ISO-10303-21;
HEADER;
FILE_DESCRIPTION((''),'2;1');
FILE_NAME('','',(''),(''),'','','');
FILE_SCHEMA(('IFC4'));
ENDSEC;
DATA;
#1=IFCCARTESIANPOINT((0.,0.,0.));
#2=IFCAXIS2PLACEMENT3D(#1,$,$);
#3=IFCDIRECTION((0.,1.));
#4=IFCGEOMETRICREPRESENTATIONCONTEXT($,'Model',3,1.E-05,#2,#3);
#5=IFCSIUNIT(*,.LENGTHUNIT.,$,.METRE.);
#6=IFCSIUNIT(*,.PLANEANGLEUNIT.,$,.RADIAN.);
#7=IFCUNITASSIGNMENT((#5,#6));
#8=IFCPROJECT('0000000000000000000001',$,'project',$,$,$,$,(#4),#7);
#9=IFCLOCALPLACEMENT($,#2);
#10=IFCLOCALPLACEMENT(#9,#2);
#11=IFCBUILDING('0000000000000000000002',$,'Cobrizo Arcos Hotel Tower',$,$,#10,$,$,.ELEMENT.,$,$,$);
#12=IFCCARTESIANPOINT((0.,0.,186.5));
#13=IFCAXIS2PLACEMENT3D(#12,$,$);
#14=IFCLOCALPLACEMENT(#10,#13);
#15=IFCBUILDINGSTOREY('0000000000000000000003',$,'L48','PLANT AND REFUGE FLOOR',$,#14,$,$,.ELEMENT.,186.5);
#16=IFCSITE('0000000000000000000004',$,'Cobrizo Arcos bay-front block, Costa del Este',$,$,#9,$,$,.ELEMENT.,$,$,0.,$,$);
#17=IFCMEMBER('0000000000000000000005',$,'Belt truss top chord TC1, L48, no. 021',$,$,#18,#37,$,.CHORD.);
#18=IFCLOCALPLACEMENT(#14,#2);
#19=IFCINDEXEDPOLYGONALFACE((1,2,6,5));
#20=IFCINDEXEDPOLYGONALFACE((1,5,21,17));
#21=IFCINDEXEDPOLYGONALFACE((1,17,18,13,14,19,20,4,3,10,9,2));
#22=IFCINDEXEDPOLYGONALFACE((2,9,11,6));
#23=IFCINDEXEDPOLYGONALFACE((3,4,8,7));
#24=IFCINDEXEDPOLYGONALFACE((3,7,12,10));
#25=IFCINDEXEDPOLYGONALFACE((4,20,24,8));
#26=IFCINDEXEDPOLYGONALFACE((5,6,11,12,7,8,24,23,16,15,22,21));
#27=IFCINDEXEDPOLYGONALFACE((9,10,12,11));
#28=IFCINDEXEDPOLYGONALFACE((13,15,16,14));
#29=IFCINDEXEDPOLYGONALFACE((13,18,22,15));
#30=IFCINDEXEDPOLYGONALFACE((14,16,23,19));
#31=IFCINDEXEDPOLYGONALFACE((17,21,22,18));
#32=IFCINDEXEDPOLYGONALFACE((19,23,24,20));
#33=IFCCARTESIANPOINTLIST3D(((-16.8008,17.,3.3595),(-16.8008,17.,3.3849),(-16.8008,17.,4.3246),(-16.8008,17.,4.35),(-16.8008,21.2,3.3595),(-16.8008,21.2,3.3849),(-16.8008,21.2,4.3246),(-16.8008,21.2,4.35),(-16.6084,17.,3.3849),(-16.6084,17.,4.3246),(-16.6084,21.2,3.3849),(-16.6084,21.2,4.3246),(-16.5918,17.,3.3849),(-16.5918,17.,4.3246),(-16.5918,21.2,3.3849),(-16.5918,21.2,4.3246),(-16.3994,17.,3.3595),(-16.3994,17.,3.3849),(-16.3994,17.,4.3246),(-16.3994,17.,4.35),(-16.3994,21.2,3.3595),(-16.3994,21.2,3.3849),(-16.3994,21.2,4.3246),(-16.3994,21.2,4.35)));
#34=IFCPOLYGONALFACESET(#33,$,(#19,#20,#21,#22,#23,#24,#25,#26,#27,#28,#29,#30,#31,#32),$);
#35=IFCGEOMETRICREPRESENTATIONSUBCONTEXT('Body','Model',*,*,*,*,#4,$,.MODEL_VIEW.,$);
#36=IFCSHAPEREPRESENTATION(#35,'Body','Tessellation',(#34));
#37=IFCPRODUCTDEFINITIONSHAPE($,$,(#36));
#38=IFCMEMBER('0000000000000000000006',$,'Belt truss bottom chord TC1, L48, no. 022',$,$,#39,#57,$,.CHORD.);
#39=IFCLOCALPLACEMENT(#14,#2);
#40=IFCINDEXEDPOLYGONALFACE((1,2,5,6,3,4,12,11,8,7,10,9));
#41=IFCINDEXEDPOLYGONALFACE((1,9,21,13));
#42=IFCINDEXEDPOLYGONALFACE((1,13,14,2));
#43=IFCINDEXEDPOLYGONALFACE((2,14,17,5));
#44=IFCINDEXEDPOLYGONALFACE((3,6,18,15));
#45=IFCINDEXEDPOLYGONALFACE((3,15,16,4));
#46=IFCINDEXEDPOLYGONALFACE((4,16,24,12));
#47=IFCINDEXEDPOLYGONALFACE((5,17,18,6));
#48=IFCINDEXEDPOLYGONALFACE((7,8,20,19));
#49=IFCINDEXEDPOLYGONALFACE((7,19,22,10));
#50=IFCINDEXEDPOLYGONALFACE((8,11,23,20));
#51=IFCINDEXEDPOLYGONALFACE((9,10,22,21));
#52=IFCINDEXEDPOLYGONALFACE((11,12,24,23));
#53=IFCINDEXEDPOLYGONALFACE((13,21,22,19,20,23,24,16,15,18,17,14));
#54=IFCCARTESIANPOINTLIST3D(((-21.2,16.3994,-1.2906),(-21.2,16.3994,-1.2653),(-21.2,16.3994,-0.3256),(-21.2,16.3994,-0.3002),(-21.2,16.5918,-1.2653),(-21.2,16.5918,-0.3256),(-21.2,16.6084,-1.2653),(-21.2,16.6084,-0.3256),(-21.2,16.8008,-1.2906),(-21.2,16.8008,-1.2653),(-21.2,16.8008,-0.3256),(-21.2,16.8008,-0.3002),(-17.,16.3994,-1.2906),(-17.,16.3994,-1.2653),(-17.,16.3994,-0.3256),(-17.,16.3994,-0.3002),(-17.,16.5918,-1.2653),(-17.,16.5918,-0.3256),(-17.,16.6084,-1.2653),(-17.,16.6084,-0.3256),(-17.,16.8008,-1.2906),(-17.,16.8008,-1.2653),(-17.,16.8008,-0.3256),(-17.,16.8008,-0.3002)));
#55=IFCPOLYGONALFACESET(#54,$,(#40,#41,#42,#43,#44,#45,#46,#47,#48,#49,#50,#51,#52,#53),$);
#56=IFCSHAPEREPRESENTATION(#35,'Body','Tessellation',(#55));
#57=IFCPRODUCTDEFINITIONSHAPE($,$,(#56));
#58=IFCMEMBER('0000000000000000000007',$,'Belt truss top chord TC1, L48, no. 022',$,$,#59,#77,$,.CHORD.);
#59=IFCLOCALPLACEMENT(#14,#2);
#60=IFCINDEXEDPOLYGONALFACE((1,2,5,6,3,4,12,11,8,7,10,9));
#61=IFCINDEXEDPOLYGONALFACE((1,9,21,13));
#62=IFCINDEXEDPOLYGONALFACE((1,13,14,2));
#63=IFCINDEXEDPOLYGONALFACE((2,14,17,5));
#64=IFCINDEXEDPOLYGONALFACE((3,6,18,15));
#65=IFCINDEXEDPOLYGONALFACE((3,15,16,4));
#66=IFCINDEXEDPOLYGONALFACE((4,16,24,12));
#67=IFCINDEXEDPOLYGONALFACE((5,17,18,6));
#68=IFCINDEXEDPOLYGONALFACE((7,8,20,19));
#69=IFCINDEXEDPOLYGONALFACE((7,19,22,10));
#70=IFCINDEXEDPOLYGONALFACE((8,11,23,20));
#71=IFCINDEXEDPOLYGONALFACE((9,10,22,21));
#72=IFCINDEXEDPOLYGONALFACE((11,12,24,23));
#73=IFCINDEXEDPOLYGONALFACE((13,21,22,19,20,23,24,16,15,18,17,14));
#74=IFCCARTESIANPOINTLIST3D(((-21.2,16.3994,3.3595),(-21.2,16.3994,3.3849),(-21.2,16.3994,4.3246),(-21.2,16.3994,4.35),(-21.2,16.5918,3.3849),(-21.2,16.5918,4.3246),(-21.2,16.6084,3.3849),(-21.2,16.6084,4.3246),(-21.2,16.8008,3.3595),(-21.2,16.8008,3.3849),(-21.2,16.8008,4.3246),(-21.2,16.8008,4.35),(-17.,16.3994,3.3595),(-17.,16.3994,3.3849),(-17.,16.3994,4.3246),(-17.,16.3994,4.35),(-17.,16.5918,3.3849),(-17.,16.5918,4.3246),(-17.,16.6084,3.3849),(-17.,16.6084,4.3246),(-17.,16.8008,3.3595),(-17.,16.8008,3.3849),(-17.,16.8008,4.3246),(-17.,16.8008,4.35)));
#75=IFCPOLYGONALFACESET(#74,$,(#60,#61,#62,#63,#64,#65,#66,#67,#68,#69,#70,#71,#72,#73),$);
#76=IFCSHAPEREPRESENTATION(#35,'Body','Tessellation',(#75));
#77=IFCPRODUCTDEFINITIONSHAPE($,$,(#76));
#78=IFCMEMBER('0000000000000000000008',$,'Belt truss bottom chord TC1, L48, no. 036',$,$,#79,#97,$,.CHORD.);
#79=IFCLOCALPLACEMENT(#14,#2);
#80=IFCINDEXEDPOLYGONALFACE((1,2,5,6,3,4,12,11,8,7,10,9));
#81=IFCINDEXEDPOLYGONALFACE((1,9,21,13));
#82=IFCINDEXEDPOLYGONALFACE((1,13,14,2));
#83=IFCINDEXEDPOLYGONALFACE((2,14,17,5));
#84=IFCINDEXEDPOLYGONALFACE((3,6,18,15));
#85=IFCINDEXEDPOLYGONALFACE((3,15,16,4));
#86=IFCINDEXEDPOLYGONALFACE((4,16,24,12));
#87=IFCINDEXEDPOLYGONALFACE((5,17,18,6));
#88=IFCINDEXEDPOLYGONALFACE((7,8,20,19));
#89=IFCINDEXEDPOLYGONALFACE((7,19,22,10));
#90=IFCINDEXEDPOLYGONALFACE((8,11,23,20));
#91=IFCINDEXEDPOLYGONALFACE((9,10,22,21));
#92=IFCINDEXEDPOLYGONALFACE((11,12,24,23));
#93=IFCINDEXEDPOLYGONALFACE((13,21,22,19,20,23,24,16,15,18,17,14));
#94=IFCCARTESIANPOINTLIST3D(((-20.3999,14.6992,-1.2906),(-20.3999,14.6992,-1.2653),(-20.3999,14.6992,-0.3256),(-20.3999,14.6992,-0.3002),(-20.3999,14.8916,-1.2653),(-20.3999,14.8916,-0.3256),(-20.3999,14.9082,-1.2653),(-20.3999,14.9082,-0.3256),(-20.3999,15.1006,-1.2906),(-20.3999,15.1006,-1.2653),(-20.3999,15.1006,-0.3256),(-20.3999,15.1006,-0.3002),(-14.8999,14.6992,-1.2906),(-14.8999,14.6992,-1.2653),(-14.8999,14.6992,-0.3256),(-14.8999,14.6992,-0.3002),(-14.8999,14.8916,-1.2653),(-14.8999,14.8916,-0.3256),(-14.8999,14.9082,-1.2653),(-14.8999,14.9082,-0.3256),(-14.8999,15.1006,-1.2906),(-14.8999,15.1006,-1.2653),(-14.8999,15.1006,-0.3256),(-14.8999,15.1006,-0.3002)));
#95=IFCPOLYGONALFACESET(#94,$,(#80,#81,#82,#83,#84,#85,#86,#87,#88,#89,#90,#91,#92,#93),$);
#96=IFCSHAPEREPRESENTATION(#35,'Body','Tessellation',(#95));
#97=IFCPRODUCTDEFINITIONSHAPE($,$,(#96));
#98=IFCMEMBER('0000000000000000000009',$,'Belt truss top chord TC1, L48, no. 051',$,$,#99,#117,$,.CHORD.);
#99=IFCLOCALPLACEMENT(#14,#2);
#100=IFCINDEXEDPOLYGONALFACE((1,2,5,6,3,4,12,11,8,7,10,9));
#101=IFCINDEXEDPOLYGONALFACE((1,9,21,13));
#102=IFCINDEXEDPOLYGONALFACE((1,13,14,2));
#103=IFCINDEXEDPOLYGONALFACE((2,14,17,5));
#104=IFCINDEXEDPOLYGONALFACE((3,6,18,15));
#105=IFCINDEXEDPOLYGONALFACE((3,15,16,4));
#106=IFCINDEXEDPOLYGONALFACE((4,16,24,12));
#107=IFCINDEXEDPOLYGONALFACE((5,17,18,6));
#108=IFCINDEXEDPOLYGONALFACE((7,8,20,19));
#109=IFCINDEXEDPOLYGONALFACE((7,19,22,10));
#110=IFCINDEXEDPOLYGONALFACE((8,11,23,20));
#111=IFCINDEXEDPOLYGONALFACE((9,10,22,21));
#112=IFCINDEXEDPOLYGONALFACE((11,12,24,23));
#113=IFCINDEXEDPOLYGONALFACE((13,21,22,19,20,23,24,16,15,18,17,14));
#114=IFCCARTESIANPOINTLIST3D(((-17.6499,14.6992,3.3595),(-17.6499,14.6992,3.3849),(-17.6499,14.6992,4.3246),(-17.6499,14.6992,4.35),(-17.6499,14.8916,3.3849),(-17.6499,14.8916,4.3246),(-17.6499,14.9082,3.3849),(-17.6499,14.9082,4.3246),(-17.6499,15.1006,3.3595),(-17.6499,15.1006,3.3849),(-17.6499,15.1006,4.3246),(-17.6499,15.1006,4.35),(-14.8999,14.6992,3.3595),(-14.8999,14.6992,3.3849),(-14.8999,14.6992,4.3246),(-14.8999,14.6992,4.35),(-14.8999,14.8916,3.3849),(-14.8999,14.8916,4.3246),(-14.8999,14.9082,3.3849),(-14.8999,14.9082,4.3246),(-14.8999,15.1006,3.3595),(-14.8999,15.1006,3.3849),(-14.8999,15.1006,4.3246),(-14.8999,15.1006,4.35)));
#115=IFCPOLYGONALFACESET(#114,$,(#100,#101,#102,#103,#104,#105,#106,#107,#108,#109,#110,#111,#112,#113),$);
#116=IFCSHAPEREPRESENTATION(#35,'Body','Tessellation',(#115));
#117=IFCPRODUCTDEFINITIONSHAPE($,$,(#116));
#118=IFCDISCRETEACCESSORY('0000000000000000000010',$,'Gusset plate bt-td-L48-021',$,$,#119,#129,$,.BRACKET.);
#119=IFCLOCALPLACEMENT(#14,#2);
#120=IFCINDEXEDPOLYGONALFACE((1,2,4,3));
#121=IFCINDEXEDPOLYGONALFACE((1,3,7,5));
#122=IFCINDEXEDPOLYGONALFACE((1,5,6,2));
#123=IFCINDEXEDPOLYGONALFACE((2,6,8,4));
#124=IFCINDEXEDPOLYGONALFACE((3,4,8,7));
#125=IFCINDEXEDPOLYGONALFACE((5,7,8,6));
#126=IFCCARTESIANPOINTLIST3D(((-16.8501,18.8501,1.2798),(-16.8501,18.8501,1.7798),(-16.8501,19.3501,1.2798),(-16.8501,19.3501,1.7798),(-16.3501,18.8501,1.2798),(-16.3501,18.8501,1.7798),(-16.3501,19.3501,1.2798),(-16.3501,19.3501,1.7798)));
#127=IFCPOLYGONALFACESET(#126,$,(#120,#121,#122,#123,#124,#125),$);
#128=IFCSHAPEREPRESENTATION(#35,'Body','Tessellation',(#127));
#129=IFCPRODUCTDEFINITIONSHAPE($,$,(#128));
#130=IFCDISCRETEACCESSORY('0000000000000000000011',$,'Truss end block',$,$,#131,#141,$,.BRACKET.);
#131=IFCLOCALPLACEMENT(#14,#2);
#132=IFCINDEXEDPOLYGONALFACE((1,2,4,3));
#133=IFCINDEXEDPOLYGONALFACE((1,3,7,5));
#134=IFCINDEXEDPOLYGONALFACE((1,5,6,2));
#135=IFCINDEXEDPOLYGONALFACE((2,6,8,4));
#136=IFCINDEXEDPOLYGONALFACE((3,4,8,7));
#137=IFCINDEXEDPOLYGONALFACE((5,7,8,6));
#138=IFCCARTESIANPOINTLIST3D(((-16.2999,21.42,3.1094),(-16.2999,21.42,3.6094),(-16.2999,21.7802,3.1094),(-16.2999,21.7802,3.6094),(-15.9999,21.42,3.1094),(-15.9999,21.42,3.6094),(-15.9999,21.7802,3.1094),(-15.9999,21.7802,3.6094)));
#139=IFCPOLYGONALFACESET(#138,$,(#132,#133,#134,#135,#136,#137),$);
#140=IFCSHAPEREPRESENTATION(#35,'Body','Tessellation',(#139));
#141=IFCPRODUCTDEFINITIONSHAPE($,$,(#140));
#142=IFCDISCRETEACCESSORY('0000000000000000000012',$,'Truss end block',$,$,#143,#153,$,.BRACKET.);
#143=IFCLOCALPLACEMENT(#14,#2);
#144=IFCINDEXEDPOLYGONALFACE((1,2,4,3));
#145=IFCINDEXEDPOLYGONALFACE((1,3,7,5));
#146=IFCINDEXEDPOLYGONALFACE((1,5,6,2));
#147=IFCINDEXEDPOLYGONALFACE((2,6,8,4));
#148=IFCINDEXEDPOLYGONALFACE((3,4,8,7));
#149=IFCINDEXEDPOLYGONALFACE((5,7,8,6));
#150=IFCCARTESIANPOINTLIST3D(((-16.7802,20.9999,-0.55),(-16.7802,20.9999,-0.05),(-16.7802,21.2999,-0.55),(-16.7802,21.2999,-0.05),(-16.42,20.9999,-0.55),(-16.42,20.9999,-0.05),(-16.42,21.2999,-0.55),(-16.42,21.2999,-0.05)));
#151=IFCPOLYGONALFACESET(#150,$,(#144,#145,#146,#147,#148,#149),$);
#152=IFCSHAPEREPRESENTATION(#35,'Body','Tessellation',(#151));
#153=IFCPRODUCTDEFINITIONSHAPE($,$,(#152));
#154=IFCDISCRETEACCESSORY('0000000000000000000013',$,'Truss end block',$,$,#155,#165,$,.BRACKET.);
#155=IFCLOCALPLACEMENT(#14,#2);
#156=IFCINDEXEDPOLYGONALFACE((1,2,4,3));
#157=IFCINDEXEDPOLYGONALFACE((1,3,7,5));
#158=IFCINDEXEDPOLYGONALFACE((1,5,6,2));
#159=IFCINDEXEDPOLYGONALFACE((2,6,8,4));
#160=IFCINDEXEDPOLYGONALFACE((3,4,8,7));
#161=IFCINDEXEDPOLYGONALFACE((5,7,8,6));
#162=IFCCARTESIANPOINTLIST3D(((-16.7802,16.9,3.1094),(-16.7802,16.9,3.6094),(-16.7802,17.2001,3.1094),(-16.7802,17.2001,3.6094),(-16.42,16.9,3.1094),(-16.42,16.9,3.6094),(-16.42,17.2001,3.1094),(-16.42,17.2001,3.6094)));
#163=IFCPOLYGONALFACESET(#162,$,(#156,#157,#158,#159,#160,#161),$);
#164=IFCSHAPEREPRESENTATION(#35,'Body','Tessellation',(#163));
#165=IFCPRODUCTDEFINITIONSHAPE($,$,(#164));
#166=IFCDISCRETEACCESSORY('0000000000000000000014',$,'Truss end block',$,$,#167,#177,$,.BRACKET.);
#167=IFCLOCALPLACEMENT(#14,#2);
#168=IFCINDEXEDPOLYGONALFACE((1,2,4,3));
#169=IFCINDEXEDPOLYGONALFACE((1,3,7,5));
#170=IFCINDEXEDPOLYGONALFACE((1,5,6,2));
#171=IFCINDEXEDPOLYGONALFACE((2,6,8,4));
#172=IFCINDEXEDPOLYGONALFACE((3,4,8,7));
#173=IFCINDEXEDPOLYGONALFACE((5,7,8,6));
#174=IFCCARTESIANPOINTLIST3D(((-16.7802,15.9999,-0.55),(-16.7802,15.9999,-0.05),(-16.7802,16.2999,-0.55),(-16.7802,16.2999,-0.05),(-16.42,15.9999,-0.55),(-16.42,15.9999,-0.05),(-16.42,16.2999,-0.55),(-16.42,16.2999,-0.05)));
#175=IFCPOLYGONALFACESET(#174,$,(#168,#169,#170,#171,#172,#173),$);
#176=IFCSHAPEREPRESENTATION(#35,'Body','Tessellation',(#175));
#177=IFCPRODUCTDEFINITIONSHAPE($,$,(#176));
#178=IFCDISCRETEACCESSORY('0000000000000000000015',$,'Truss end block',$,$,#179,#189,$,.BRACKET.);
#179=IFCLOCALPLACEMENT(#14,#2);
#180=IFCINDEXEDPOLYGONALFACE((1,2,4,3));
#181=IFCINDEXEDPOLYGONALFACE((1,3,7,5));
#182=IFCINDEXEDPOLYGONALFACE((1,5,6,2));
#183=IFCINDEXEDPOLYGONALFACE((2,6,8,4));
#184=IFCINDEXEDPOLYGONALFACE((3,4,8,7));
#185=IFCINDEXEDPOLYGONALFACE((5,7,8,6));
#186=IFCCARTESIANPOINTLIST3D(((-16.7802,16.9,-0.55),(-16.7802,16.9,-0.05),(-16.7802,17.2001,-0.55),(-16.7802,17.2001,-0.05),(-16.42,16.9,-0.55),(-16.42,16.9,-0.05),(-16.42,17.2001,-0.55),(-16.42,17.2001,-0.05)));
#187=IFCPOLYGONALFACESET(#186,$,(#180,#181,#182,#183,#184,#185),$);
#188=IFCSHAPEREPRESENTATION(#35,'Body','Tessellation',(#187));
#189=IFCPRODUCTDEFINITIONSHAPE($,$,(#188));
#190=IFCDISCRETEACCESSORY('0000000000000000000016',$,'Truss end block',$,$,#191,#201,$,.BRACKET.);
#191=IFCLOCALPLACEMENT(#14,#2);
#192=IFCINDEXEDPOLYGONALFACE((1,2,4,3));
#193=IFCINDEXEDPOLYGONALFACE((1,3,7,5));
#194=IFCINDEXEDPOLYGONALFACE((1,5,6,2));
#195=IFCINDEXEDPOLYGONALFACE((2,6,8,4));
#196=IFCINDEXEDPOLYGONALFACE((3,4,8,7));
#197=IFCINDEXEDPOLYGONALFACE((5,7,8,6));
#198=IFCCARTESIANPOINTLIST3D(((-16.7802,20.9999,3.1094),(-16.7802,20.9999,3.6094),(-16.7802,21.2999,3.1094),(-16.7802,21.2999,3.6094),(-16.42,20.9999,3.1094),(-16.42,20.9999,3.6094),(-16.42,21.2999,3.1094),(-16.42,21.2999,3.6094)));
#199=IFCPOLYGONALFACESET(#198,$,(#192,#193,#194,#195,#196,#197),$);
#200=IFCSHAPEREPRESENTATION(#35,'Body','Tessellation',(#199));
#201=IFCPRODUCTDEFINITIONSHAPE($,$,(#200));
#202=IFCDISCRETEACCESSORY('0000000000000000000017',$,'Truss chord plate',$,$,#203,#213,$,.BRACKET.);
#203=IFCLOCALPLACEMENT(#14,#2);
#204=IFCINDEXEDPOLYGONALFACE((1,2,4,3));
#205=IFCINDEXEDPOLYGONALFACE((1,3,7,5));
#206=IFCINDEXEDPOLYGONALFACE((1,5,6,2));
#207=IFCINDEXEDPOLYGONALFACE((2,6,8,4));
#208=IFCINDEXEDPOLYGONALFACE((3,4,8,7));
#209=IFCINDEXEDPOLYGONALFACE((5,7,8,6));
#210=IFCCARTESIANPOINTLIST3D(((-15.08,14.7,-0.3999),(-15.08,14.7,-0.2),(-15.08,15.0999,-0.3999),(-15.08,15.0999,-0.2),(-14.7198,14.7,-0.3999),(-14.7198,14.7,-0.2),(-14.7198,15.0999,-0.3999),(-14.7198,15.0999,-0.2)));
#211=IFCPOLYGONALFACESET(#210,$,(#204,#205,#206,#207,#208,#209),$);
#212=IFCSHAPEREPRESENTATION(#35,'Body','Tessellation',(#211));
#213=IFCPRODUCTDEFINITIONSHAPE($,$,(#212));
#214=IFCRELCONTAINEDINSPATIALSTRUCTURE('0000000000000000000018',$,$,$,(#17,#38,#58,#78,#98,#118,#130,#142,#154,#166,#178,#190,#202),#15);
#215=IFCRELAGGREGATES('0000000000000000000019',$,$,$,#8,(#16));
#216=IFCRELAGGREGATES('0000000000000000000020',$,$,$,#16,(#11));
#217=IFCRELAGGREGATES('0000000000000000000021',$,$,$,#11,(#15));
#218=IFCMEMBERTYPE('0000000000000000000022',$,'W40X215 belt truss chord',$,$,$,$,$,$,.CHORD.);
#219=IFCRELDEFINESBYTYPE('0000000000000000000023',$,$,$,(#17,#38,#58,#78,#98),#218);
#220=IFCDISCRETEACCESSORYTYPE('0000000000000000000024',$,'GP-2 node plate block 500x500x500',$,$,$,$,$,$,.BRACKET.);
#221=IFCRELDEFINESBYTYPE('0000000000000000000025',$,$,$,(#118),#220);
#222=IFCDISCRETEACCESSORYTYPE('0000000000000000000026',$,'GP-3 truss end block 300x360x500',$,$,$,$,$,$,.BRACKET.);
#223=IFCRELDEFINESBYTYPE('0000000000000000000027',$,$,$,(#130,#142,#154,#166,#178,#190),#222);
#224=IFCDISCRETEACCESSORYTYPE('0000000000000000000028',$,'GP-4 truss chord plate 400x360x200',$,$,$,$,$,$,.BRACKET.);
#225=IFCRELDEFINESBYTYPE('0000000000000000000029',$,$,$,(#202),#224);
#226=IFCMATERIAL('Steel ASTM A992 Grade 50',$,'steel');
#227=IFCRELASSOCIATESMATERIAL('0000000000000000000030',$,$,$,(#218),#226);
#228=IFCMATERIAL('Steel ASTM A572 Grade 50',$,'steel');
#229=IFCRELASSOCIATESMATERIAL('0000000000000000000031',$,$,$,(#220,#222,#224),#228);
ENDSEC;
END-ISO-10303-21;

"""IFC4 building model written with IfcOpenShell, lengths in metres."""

from ifc_helpers import new_model, si_unit, direction, frame, origin, origin_2d, place, context, subcontext, project, spatial, rectangle, i_section, extrude, material, material_profile, profile_set, type_object, element, save


model = new_model("IFC4")

# Units and contexts
model_context = context("Model", 3, precision=1e-05, world=origin(), true_north=direction((0.0, 1.0)))
body_context = subcontext(model_context, "Body", "Model", "MODEL_VIEW")
ifc_project = project(units=[si_unit("LENGTHUNIT", "METRE"), si_unit("PLANEANGLEUNIT", "RADIAN")], contexts=[model_context])

# Site, building, storey
site_placement = place(None, origin())
site = spatial("IfcSite", under=ifc_project, at=site_placement, Name="Cobrizo Arcos bay-front block, Costa del Este", CompositionType="ELEMENT", RefElevation=0.0)
building_placement = place(site_placement, origin())
building = spatial("IfcBuilding", under=site, at=building_placement, Name="Cobrizo Arcos Hotel Tower", CompositionType="ELEMENT")
storey_placement = place(building_placement, frame((0.0, 0.0, 186.5)))
storey = spatial("IfcBuildingStorey", under=building, at=storey_placement, Name="L48", Description="PLANT AND REFUGE FLOOR", CompositionType="ELEMENT", Elevation=186.5)

# Shared definitions
ifc_material_1 = material(Name="Steel ASTM A572 Grade 50", Category="steel")

# Members
ifc_material_2 = material(Name="Steel ASTM A992 Grade 50", Category="steel")
ifc_material_profile_1 = material_profile(ifc_material_2, i_section(OverallWidth=0.4014, OverallDepth=0.9905, WebThickness=0.0166, FlangeThickness=0.0254, at=origin_2d()), Name="W40X215")
ifc_profile_set_1 = profile_set([ifc_material_profile_1], Name="Steel ASTM A992 Grade 50")
member_type_1 = type_object("IfcMemberType", Name="W40X215 belt truss chord", PredefinedType="CHORD", material=ifc_profile_set_1)
for number, where, z_axis, x_axis, name in (
    (1, (-16.6001, 21.2, 3.8547), (0.0, -1.0, 0.0), (1.0, 0.0, 0.0), "Belt truss top chord TC1, L48, no. 021"),
    (2, (-17.0, 16.6001, -0.7954), (-1.0, 0.0, 0.0), (0.0, -1.0, 0.0), "Belt truss bottom chord TC1, L48, no. 022"),
    (3, (-17.0, 16.6001, 3.8547), (-1.0, 0.0, 0.0), (0.0, -1.0, 0.0), "Belt truss top chord TC1, L48, no. 022"),
):
    element("IfcMember", number, at=place(storey_placement, frame(where, z_axis=z_axis, x_axis=x_axis)), inside=storey, type_object=member_type_1, Name=name, PredefinedType="CHORD", context=body_context, shape_type="SweptSolid", body=[
        extrude(i_section(OverallWidth=0.4014, OverallDepth=0.9905, WebThickness=0.0166, FlangeThickness=0.0254, at=origin_2d()), origin(), (0.0, 0.0, 1.0), 4.2),
    ])
member_1_placement = place(storey_placement, frame((-14.8999, 14.8999, -0.7954), z_axis=(-1.0, 0.0, 0.0), x_axis=(0.0, -1.0, 0.0)))
element("IfcMember", 4, at=member_1_placement, inside=storey, type_object=member_type_1, Name="Belt truss bottom chord TC1, L48, no. 036", PredefinedType="CHORD", context=body_context, shape_type="SweptSolid", body=[
    extrude(i_section(OverallWidth=0.4014, OverallDepth=0.9905, WebThickness=0.0166, FlangeThickness=0.0254, at=origin_2d()), origin(), (0.0, 0.0, 1.0), 5.5),
])
member_2_placement = place(storey_placement, frame((-14.8999, 14.8999, 3.8547), z_axis=(-1.0, 0.0, 0.0), x_axis=(0.0, -1.0, 0.0)))
element("IfcMember", 5, at=member_2_placement, inside=storey, type_object=member_type_1, Name="Belt truss top chord TC1, L48, no. 051", PredefinedType="CHORD", context=body_context, shape_type="SweptSolid", body=[
    extrude(i_section(OverallWidth=0.4014, OverallDepth=0.9905, WebThickness=0.0166, FlangeThickness=0.0254, at=origin_2d()), origin(), (0.0, 0.0, 1.0), 2.75),
])

# Discrete accessories
discrete_accessory_type_1 = type_object("IfcDiscreteAccessoryType", Name="GP-2 node plate block 500x500x500", PredefinedType="BRACKET", material=ifc_material_1)
discrete_accessory_placement = place(storey_placement, frame((-16.6001, 19.1001, 1.2798), z_axis=(0.0, 0.0, 1.0), x_axis=(1.0, 0.0, 0.0)))
element("IfcDiscreteAccessory", 6, at=discrete_accessory_placement, inside=storey, type_object=discrete_accessory_type_1, Name="Gusset plate bt-td-L48-021", PredefinedType="BRACKET", context=body_context, shape_type="SweptSolid", body=[
    extrude(rectangle(XDim=0.5, YDim=0.5, at=origin_2d()), origin(), (0.0, 0.0, 1.0), 0.5),
])
discrete_accessory_type_2 = type_object("IfcDiscreteAccessoryType", Name="GP-3 truss end block 300x360x500", PredefinedType="BRACKET", material=ifc_material_1)
for number, where, z_axis, x_axis, name in (
    (7, (-16.1499, 21.6001, 3.1094), (0.0, 0.0, 1.0), (1.0, 0.0, 0.0), "Truss end block"),
    (8, (-16.6001, 21.1499, -0.55), (0.0, 0.0, 1.0), (0.0, -1.0, 0.0), "Truss end block"),
    (9, (-16.6001, 17.05, 3.1094), (0.0, 0.0, 1.0), (0.0, 1.0, 0.0), "Truss end block"),
    (10, (-16.6001, 16.1499, -0.55), (0.0, 0.0, 1.0), (0.0, -1.0, 0.0), "Truss end block"),
    (11, (-16.6001, 17.05, -0.55), (0.0, 0.0, 1.0), (0.0, 1.0, 0.0), "Truss end block"),
    (12, (-16.6001, 21.1499, 3.1094), (0.0, 0.0, 1.0), (0.0, -1.0, 0.0), "Truss end block"),
):
    element("IfcDiscreteAccessory", number, at=place(storey_placement, frame(where, z_axis=z_axis, x_axis=x_axis)), inside=storey, type_object=discrete_accessory_type_2, Name=name, PredefinedType="BRACKET", context=body_context, shape_type="SweptSolid", body=[
        extrude(rectangle(XDim=0.3, YDim=0.3601, at=origin_2d()), origin(), (0.0, 0.0, 1.0), 0.5),
    ])
discrete_accessory_type_3 = type_object("IfcDiscreteAccessoryType", Name="GP-4 truss chord plate 400x360x200", PredefinedType="BRACKET", material=ifc_material_1)
for number, where, z_axis, x_axis, name in (
    (13, (-14.8999, 14.8999, -0.3999), (0.0, 0.0, 1.0), (0.0, -1.0, 0.0), "Truss chord plate"),
):
    element("IfcDiscreteAccessory", number, at=place(storey_placement, frame(where, z_axis=z_axis, x_axis=x_axis)), inside=storey, type_object=discrete_accessory_type_3, Name=name, PredefinedType="BRACKET", context=body_context, shape_type="SweptSolid", body=[
        extrude(rectangle(XDim=0.3999, YDim=0.3601, at=origin_2d()), origin(), (0.0, 0.0, 1.0), 0.2),
    ])

save(model, "model.ifc")
